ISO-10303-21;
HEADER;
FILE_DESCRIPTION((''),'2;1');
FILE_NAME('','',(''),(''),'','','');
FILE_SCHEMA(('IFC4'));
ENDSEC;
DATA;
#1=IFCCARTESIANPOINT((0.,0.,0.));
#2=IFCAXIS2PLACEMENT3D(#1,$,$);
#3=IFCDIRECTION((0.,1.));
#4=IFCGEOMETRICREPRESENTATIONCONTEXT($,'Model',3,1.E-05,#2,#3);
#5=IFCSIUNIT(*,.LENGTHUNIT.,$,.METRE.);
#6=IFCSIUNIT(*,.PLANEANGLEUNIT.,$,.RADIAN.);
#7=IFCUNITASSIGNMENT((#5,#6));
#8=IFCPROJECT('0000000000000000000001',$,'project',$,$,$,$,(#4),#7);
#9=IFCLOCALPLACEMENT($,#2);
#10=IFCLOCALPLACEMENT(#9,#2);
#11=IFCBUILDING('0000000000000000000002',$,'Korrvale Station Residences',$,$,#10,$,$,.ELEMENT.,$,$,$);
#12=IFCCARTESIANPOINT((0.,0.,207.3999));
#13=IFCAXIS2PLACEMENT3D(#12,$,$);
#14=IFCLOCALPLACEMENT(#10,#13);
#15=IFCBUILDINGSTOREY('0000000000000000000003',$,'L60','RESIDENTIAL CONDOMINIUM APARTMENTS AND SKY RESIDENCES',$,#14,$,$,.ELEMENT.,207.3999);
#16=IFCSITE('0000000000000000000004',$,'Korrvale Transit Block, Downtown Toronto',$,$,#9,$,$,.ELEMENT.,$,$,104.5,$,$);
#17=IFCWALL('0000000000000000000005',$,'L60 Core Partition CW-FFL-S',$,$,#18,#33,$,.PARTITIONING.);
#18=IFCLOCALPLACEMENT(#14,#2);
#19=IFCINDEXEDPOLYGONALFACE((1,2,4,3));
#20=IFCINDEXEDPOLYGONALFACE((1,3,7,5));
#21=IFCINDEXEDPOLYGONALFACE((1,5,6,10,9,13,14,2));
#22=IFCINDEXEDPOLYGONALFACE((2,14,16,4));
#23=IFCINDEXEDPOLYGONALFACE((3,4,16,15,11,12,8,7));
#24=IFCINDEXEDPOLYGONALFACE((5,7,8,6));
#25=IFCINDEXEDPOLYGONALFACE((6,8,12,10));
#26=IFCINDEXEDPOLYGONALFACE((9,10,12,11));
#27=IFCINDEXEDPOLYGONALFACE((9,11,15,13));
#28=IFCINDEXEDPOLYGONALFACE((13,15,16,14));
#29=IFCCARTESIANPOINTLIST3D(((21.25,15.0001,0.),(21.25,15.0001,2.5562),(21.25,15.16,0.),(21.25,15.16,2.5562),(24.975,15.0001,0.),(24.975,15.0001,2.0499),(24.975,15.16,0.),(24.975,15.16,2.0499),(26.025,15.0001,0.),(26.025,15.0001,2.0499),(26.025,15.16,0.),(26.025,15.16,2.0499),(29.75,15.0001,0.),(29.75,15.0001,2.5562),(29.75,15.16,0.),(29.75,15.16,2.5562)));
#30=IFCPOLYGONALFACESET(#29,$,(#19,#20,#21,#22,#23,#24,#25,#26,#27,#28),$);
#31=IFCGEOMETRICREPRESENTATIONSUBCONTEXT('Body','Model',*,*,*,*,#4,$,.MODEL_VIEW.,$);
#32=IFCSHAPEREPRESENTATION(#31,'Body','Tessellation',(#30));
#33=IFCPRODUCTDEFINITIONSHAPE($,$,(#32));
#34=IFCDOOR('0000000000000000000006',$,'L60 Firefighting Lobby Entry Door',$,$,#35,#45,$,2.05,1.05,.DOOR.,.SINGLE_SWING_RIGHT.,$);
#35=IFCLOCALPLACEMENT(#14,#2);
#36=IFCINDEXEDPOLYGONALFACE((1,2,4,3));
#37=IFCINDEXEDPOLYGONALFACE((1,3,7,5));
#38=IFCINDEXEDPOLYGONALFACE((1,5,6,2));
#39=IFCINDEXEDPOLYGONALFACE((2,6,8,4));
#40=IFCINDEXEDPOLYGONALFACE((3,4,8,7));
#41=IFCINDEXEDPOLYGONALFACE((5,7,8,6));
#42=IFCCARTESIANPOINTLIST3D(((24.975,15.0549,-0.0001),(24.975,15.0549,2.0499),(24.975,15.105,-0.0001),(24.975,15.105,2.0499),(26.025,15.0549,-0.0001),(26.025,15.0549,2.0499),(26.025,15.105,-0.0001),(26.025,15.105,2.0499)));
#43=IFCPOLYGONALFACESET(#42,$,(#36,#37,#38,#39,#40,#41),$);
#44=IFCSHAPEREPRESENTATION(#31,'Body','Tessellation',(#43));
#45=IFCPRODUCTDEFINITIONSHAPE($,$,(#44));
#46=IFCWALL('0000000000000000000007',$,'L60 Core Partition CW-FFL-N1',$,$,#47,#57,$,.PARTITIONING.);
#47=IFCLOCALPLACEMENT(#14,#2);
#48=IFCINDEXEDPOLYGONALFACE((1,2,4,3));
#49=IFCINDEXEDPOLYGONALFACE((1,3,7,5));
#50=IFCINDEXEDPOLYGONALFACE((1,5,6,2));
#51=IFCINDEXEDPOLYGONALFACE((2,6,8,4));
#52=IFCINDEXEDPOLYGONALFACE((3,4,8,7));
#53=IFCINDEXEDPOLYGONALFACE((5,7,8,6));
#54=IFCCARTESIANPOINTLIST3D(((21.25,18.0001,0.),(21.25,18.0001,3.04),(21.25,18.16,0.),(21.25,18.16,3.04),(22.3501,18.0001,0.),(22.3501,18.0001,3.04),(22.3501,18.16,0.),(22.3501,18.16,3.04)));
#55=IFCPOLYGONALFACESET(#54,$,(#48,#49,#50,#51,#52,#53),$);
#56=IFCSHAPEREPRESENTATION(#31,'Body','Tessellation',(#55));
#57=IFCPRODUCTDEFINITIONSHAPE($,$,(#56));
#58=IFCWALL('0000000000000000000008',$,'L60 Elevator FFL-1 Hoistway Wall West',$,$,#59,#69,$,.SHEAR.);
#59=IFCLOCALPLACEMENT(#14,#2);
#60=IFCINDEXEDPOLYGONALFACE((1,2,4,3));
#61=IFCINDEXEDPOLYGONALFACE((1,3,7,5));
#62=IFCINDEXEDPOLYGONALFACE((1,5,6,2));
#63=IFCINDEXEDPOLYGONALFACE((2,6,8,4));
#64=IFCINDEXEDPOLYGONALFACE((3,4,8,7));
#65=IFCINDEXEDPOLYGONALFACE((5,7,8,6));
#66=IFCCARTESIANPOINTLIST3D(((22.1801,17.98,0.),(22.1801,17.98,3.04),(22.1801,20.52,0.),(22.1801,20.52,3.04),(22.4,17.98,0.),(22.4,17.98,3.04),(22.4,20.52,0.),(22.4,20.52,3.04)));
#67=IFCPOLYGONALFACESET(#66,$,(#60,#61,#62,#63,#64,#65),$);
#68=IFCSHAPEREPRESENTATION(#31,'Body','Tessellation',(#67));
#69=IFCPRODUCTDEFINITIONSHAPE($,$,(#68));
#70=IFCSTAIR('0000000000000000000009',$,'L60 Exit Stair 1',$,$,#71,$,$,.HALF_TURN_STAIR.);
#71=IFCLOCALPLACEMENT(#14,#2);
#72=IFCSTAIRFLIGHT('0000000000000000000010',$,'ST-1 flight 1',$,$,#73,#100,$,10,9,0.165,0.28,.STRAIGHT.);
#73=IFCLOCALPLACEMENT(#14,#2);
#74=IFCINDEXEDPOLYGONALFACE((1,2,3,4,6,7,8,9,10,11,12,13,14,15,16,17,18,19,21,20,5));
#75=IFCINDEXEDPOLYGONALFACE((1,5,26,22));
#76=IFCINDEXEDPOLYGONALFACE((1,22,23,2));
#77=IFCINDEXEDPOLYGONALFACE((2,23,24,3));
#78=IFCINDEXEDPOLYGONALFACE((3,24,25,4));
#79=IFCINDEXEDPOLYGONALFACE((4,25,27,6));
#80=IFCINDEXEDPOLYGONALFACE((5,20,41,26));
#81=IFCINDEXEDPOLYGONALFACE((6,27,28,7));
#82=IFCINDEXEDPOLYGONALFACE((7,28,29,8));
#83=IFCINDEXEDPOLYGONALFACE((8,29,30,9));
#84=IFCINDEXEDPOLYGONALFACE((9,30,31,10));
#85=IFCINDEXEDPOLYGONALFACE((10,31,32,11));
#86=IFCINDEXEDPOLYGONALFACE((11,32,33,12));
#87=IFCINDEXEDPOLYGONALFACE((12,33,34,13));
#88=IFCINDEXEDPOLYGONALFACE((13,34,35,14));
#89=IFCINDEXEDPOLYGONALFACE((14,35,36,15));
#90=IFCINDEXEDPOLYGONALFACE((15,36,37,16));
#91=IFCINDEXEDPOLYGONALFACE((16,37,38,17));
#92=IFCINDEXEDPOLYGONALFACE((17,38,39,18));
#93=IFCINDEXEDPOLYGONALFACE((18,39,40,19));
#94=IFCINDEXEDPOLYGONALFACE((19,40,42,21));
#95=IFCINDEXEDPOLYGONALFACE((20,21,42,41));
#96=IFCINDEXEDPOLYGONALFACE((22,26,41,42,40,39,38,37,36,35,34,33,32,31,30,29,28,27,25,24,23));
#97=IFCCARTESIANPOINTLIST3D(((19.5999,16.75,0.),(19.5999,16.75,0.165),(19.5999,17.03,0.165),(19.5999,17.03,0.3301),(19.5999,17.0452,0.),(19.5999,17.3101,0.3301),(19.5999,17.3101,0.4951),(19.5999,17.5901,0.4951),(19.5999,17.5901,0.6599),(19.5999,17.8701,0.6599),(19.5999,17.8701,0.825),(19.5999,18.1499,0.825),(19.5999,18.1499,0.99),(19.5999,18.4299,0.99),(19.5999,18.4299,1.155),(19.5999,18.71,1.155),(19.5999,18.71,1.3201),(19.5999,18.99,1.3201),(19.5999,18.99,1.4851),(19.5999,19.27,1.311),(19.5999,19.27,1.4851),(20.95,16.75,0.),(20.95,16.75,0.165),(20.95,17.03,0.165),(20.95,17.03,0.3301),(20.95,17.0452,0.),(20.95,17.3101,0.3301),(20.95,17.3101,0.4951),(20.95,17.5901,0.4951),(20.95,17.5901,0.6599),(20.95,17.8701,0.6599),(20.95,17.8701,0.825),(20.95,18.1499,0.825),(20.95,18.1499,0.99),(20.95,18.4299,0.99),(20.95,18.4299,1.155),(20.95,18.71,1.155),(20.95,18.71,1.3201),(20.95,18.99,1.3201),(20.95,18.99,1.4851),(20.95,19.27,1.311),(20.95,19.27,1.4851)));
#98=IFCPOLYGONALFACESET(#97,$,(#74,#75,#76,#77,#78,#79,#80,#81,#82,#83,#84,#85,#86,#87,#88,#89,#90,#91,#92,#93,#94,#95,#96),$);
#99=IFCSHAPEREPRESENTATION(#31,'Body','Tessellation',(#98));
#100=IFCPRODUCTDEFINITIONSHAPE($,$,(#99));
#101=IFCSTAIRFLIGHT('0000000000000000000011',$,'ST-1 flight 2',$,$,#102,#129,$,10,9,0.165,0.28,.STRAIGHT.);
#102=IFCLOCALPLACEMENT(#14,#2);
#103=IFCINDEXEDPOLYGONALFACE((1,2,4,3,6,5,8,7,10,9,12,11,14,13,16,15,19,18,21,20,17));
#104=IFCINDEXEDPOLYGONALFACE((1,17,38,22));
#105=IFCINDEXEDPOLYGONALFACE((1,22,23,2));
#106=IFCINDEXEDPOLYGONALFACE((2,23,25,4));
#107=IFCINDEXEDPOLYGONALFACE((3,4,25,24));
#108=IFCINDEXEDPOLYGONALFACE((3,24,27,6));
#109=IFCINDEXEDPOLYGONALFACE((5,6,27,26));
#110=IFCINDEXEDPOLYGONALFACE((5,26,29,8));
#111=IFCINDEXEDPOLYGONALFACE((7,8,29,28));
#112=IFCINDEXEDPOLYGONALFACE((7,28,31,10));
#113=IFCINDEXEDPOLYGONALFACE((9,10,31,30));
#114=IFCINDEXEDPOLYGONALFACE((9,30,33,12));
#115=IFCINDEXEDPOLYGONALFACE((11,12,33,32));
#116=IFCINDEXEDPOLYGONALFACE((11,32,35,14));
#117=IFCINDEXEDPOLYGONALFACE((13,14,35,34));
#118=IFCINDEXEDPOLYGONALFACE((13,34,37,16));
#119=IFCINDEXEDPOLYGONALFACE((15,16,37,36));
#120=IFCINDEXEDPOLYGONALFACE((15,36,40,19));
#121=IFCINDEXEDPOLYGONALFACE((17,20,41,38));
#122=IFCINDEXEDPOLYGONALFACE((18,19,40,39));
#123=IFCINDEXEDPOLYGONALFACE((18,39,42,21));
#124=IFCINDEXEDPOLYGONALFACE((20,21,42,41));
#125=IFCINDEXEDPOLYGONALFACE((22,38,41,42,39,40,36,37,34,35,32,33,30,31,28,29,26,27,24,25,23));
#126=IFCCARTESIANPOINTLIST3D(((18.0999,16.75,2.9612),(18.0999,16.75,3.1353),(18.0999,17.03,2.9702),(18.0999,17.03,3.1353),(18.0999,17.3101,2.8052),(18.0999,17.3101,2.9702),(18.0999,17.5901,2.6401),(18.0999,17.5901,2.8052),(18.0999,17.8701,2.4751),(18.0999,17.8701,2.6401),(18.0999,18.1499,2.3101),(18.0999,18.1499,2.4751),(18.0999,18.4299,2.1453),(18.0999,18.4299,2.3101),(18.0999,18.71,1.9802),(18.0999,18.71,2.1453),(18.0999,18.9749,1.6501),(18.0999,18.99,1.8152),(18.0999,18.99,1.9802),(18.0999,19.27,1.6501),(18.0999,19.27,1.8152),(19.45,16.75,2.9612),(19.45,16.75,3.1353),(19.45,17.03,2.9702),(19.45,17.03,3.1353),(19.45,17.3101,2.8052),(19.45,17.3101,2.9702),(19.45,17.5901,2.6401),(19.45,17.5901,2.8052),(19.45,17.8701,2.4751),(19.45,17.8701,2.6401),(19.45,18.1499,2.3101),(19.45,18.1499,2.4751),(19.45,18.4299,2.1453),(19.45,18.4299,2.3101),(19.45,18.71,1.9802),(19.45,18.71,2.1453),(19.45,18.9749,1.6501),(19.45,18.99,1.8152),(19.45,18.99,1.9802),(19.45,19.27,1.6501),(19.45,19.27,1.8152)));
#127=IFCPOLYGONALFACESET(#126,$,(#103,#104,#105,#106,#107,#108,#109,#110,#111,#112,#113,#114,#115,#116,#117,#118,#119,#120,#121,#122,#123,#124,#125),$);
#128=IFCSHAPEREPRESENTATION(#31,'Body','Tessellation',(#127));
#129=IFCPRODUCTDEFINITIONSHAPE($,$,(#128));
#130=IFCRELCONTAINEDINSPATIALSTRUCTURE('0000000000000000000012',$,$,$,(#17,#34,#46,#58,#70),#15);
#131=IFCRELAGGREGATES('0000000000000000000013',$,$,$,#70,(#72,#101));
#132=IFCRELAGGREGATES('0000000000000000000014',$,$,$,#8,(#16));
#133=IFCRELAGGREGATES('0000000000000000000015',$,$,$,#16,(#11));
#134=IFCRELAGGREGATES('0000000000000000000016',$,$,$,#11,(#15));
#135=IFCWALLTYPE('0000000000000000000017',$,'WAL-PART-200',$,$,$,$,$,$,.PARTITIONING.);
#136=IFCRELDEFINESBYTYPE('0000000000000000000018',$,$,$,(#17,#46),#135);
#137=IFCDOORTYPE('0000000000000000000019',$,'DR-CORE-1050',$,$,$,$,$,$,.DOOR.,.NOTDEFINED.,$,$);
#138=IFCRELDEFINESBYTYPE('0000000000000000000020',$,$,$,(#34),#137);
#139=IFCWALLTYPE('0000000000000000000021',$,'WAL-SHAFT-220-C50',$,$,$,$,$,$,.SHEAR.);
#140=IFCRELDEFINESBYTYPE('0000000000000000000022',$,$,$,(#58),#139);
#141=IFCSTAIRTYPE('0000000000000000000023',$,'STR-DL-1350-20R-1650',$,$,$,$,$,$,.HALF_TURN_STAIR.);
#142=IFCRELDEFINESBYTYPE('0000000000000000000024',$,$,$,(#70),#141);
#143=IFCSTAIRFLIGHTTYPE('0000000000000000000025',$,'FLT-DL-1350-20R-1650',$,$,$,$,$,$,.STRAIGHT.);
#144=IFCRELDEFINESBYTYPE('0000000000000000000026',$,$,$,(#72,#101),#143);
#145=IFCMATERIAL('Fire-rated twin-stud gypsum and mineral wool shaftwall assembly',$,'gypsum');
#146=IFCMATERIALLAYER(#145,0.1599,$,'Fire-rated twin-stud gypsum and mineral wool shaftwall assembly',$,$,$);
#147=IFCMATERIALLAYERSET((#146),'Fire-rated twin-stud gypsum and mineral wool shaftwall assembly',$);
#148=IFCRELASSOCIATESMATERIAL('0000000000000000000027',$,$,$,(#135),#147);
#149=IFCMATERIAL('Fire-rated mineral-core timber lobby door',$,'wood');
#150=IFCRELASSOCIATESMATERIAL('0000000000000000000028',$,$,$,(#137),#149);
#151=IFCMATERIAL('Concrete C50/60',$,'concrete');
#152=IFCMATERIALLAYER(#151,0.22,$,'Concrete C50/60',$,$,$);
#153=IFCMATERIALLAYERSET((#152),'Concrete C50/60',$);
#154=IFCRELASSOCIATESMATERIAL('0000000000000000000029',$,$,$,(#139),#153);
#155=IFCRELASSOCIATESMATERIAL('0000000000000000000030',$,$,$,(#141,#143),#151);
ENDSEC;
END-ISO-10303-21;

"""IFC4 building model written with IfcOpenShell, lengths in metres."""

from ifc_helpers import new_model, si_unit, direction, frame, frame_2d, origin, place, context, subcontext, project, spatial, polyline, rectangle, outline, extrude, material, layer, layer_set, type_object, element, fill, aggregate, save


model = new_model("IFC4")

# Units and contexts
model_context = context("Model", 3, precision=1e-05, world=origin(), true_north=direction((0.0, 1.0)))
body_context = subcontext(model_context, "Body", "Model", "MODEL_VIEW")
ifc_project = project(units=[si_unit("LENGTHUNIT", "METRE"), si_unit("PLANEANGLEUNIT", "RADIAN")], contexts=[model_context])

# Site, building, storey
site_placement = place(None, origin())
site = spatial("IfcSite", under=ifc_project, at=site_placement, Name="Korrvale Transit Block, Downtown Toronto", CompositionType="ELEMENT", RefElevation=104.5)
building_placement = place(site_placement, origin())
building = spatial("IfcBuilding", under=site, at=building_placement, Name="Korrvale Station Residences", CompositionType="ELEMENT")
storey_placement = place(building_placement, frame((0.0, 0.0, 207.3999)))
storey = spatial("IfcBuildingStorey", under=building, at=storey_placement, Name="L60", Description="RESIDENTIAL CONDOMINIUM APARTMENTS AND SKY RESIDENCES", CompositionType="ELEMENT", Elevation=207.3999)

# Shared definitions
ifc_material_1 = material(Name="Concrete C50/60", Category="concrete")

# Wall, opening, door
ifc_material_2 = material(Name="Fire-rated twin-stud gypsum and mineral wool shaftwall assembly", Category="gypsum")
ifc_layer_1 = layer(ifc_material_2, 0.1599, Name="Fire-rated twin-stud gypsum and mineral wool shaftwall assembly")
ifc_layer_set_1 = layer_set([ifc_layer_1], Name="Fire-rated twin-stud gypsum and mineral wool shaftwall assembly")
wall_type_1 = type_object("IfcWallType", Name="WAL-PART-200", PredefinedType="PARTITIONING", material=ifc_layer_set_1)
wall_1_placement = place(storey_placement, frame((21.25, 15.0801, 0.0), z_axis=(0.0, 0.0, 1.0), x_axis=(1.0, 0.0, 0.0)))
wall_1 = element("IfcWall", 1, at=wall_1_placement, inside=storey, type_object=wall_type_1, Name="L60 Core Partition CW-FFL-S", PredefinedType="PARTITIONING", context=body_context, shape_type="SweptSolid", body=[
    extrude(rectangle(XDim=8.5, YDim=0.1599, at=frame_2d((4.25, 0.0))), origin(), (0.0, 0.0, 1.0), 2.5562),
])
opening_1_placement = place(wall_1_placement, frame((3.7251, 0.0, 0.0)))
opening_1 = element("IfcOpeningElement", 2, at=opening_1_placement, cuts=wall_1, PredefinedType="OPENING", context=body_context, shape_type="SweptSolid", body=[
    extrude(rectangle(XDim=1.05, YDim=2.05, at=frame_2d((0.5249, 1.0249))), frame((0.0, 0.0898, 0.0), z_axis=(0.0, -1.0, 0.0), x_axis=(1.0, 0.0, 0.0)), (0.0, 0.0, 1.0), 0.1799),
])
ifc_material_3 = material(Name="Fire-rated mineral-core timber lobby door", Category="wood")
door_type_1 = type_object("IfcDoorType", Name="DR-CORE-1050", OperationType="NOTDEFINED", PredefinedType="DOOR", material=ifc_material_3)
door_1_placement = place(opening_1_placement, origin())
door_1 = element("IfcDoor", 3, at=door_1_placement, inside=storey, type_object=door_type_1, Name="L60 Firefighting Lobby Entry Door", OperationType="SINGLE_SWING_RIGHT", OverallHeight=2.05, OverallWidth=1.05, PredefinedType="DOOR", context=body_context, shape_type="SweptSolid", body=[
    extrude(rectangle(XDim=1.05, YDim=2.05, at=frame_2d((0.5249, 1.0249))), frame((0.0, 0.0249, 0.0), z_axis=(0.0, -1.0, 0.0), x_axis=(1.0, 0.0, 0.0)), (0.0, 0.0, 1.0), 0.05),
])
fill(opening_1, door_1)

# Wall
wall_2_placement = place(storey_placement, frame((21.25, 18.0801, 0.0), z_axis=(0.0, 0.0, 1.0), x_axis=(1.0, 0.0, 0.0)))
element("IfcWall", 4, at=wall_2_placement, inside=storey, type_object=wall_type_1, Name="L60 Core Partition CW-FFL-N1", PredefinedType="PARTITIONING", context=body_context, shape_type="SweptSolid", body=[
    extrude(rectangle(XDim=1.1001, YDim=0.1599, at=frame_2d((0.55, 0.0))), origin(), (0.0, 0.0, 1.0), 3.04),
])

# Shared definitions
ifc_layer_2 = layer(ifc_material_1, 0.22, Name="Concrete C50/60")
ifc_layer_set_2 = layer_set([ifc_layer_2], Name="Concrete C50/60")
wall_type_2 = type_object("IfcWallType", Name="WAL-SHAFT-220-C50", PredefinedType="SHEAR", material=ifc_layer_set_2)

# Wall
wall_3_placement = place(storey_placement, frame((22.29, 17.98, 0.0), z_axis=(0.0, 0.0, 1.0), x_axis=(0.0, 1.0, 0.0)))
element("IfcWall", 5, at=wall_3_placement, inside=storey, type_object=wall_type_2, Name="L60 Elevator FFL-1 Hoistway Wall West", PredefinedType="SHEAR", context=body_context, shape_type="SweptSolid", body=[
    extrude(rectangle(XDim=2.54, YDim=0.22, at=frame_2d((1.27, 0.0))), origin(), (0.0, 0.0, 1.0), 3.04),
])

# Stair, stair flights
stair_type = type_object("IfcStairType", Name="STR-DL-1350-20R-1650", PredefinedType="HALF_TURN_STAIR", material=ifc_material_1)
stair_placement = place(storey_placement, origin())
stair = element("IfcStair", 6, at=stair_placement, inside=storey, type_object=stair_type, Name="L60 Exit Stair 1", PredefinedType="HALF_TURN_STAIR")
stair_flight_type = type_object("IfcStairFlightType", Name="FLT-DL-1350-20R-1650", PredefinedType="STRAIGHT", material=ifc_material_1)
stair_flight_1_placement = place(storey_placement, frame((20.2749, 16.75, 0.0), z_axis=(0.0, 0.0, 1.0), x_axis=(0.0, 1.0, 0.0)))
stair_flight_1 = element("IfcStairFlight", 7, at=stair_flight_1_placement, type_object=stair_flight_type, Name="ST-1 flight 1", NumberOfRisers=10, NumberOfTreads=9, PredefinedType="STRAIGHT", RiserHeight=0.165, TreadLength=0.28, context=body_context, shape_type="SweptSolid", body=[
    extrude(outline(polyline([(0.0, 0.0), (0.0, 0.165), (0.28, 0.165), (0.28, 0.3301), (0.5601, 0.3301), (0.5601, 0.4951), (0.8401, 0.4951), (0.8401, 0.6599), (1.1201, 0.6599), (1.1201, 0.825), (1.3999, 0.825), (1.3999, 0.99), (1.6799, 0.99), (1.6799, 1.155), (1.96, 1.155), (1.96, 1.3201), (2.24, 1.3201), (2.24, 1.4851), (2.52, 1.4851), (2.52, 1.6499), (2.52, 1.311), (0.2952, 0.0), (0.0, 0.0)])), frame((0.0, 0.675, 0.0), z_axis=(0.0, -1.0, 0.0), x_axis=(1.0, 0.0, 0.0)), (0.0, 0.0, 1.0), 1.3501),
])
stair_flight_2_placement = place(storey_placement, frame((18.7749, 19.27, 1.6501), z_axis=(0.0, 0.0, 1.0), x_axis=(0.0, -1.0, 0.0)))
stair_flight_2 = element("IfcStairFlight", 8, at=stair_flight_2_placement, type_object=stair_flight_type, Name="ST-1 flight 2", NumberOfRisers=10, NumberOfTreads=9, PredefinedType="STRAIGHT", RiserHeight=0.165, TreadLength=0.28, context=body_context, shape_type="SweptSolid", body=[
    extrude(outline(polyline([(0.0, 0.0), (0.0, 0.165), (0.28, 0.165), (0.28, 0.3301), (0.5601, 0.3301), (0.5601, 0.4951), (0.8401, 0.4951), (0.8401, 0.6599), (1.1201, 0.6599), (1.1201, 0.825), (1.3999, 0.825), (1.3999, 0.99), (1.6799, 0.99), (1.6799, 1.155), (1.96, 1.155), (1.96, 1.3201), (2.24, 1.3201), (2.24, 1.4851), (2.52, 1.4851), (2.52, 1.6499), (2.52, 1.311), (0.2952, 0.0), (0.0, 0.0)])), frame((0.0, 0.675, 0.0), z_axis=(0.0, -1.0, 0.0), x_axis=(1.0, 0.0, 0.0)), (0.0, 0.0, 1.0), 1.3501),
])
aggregate(stair, [stair_flight_1, stair_flight_2])

save(model, "model.ifc")
